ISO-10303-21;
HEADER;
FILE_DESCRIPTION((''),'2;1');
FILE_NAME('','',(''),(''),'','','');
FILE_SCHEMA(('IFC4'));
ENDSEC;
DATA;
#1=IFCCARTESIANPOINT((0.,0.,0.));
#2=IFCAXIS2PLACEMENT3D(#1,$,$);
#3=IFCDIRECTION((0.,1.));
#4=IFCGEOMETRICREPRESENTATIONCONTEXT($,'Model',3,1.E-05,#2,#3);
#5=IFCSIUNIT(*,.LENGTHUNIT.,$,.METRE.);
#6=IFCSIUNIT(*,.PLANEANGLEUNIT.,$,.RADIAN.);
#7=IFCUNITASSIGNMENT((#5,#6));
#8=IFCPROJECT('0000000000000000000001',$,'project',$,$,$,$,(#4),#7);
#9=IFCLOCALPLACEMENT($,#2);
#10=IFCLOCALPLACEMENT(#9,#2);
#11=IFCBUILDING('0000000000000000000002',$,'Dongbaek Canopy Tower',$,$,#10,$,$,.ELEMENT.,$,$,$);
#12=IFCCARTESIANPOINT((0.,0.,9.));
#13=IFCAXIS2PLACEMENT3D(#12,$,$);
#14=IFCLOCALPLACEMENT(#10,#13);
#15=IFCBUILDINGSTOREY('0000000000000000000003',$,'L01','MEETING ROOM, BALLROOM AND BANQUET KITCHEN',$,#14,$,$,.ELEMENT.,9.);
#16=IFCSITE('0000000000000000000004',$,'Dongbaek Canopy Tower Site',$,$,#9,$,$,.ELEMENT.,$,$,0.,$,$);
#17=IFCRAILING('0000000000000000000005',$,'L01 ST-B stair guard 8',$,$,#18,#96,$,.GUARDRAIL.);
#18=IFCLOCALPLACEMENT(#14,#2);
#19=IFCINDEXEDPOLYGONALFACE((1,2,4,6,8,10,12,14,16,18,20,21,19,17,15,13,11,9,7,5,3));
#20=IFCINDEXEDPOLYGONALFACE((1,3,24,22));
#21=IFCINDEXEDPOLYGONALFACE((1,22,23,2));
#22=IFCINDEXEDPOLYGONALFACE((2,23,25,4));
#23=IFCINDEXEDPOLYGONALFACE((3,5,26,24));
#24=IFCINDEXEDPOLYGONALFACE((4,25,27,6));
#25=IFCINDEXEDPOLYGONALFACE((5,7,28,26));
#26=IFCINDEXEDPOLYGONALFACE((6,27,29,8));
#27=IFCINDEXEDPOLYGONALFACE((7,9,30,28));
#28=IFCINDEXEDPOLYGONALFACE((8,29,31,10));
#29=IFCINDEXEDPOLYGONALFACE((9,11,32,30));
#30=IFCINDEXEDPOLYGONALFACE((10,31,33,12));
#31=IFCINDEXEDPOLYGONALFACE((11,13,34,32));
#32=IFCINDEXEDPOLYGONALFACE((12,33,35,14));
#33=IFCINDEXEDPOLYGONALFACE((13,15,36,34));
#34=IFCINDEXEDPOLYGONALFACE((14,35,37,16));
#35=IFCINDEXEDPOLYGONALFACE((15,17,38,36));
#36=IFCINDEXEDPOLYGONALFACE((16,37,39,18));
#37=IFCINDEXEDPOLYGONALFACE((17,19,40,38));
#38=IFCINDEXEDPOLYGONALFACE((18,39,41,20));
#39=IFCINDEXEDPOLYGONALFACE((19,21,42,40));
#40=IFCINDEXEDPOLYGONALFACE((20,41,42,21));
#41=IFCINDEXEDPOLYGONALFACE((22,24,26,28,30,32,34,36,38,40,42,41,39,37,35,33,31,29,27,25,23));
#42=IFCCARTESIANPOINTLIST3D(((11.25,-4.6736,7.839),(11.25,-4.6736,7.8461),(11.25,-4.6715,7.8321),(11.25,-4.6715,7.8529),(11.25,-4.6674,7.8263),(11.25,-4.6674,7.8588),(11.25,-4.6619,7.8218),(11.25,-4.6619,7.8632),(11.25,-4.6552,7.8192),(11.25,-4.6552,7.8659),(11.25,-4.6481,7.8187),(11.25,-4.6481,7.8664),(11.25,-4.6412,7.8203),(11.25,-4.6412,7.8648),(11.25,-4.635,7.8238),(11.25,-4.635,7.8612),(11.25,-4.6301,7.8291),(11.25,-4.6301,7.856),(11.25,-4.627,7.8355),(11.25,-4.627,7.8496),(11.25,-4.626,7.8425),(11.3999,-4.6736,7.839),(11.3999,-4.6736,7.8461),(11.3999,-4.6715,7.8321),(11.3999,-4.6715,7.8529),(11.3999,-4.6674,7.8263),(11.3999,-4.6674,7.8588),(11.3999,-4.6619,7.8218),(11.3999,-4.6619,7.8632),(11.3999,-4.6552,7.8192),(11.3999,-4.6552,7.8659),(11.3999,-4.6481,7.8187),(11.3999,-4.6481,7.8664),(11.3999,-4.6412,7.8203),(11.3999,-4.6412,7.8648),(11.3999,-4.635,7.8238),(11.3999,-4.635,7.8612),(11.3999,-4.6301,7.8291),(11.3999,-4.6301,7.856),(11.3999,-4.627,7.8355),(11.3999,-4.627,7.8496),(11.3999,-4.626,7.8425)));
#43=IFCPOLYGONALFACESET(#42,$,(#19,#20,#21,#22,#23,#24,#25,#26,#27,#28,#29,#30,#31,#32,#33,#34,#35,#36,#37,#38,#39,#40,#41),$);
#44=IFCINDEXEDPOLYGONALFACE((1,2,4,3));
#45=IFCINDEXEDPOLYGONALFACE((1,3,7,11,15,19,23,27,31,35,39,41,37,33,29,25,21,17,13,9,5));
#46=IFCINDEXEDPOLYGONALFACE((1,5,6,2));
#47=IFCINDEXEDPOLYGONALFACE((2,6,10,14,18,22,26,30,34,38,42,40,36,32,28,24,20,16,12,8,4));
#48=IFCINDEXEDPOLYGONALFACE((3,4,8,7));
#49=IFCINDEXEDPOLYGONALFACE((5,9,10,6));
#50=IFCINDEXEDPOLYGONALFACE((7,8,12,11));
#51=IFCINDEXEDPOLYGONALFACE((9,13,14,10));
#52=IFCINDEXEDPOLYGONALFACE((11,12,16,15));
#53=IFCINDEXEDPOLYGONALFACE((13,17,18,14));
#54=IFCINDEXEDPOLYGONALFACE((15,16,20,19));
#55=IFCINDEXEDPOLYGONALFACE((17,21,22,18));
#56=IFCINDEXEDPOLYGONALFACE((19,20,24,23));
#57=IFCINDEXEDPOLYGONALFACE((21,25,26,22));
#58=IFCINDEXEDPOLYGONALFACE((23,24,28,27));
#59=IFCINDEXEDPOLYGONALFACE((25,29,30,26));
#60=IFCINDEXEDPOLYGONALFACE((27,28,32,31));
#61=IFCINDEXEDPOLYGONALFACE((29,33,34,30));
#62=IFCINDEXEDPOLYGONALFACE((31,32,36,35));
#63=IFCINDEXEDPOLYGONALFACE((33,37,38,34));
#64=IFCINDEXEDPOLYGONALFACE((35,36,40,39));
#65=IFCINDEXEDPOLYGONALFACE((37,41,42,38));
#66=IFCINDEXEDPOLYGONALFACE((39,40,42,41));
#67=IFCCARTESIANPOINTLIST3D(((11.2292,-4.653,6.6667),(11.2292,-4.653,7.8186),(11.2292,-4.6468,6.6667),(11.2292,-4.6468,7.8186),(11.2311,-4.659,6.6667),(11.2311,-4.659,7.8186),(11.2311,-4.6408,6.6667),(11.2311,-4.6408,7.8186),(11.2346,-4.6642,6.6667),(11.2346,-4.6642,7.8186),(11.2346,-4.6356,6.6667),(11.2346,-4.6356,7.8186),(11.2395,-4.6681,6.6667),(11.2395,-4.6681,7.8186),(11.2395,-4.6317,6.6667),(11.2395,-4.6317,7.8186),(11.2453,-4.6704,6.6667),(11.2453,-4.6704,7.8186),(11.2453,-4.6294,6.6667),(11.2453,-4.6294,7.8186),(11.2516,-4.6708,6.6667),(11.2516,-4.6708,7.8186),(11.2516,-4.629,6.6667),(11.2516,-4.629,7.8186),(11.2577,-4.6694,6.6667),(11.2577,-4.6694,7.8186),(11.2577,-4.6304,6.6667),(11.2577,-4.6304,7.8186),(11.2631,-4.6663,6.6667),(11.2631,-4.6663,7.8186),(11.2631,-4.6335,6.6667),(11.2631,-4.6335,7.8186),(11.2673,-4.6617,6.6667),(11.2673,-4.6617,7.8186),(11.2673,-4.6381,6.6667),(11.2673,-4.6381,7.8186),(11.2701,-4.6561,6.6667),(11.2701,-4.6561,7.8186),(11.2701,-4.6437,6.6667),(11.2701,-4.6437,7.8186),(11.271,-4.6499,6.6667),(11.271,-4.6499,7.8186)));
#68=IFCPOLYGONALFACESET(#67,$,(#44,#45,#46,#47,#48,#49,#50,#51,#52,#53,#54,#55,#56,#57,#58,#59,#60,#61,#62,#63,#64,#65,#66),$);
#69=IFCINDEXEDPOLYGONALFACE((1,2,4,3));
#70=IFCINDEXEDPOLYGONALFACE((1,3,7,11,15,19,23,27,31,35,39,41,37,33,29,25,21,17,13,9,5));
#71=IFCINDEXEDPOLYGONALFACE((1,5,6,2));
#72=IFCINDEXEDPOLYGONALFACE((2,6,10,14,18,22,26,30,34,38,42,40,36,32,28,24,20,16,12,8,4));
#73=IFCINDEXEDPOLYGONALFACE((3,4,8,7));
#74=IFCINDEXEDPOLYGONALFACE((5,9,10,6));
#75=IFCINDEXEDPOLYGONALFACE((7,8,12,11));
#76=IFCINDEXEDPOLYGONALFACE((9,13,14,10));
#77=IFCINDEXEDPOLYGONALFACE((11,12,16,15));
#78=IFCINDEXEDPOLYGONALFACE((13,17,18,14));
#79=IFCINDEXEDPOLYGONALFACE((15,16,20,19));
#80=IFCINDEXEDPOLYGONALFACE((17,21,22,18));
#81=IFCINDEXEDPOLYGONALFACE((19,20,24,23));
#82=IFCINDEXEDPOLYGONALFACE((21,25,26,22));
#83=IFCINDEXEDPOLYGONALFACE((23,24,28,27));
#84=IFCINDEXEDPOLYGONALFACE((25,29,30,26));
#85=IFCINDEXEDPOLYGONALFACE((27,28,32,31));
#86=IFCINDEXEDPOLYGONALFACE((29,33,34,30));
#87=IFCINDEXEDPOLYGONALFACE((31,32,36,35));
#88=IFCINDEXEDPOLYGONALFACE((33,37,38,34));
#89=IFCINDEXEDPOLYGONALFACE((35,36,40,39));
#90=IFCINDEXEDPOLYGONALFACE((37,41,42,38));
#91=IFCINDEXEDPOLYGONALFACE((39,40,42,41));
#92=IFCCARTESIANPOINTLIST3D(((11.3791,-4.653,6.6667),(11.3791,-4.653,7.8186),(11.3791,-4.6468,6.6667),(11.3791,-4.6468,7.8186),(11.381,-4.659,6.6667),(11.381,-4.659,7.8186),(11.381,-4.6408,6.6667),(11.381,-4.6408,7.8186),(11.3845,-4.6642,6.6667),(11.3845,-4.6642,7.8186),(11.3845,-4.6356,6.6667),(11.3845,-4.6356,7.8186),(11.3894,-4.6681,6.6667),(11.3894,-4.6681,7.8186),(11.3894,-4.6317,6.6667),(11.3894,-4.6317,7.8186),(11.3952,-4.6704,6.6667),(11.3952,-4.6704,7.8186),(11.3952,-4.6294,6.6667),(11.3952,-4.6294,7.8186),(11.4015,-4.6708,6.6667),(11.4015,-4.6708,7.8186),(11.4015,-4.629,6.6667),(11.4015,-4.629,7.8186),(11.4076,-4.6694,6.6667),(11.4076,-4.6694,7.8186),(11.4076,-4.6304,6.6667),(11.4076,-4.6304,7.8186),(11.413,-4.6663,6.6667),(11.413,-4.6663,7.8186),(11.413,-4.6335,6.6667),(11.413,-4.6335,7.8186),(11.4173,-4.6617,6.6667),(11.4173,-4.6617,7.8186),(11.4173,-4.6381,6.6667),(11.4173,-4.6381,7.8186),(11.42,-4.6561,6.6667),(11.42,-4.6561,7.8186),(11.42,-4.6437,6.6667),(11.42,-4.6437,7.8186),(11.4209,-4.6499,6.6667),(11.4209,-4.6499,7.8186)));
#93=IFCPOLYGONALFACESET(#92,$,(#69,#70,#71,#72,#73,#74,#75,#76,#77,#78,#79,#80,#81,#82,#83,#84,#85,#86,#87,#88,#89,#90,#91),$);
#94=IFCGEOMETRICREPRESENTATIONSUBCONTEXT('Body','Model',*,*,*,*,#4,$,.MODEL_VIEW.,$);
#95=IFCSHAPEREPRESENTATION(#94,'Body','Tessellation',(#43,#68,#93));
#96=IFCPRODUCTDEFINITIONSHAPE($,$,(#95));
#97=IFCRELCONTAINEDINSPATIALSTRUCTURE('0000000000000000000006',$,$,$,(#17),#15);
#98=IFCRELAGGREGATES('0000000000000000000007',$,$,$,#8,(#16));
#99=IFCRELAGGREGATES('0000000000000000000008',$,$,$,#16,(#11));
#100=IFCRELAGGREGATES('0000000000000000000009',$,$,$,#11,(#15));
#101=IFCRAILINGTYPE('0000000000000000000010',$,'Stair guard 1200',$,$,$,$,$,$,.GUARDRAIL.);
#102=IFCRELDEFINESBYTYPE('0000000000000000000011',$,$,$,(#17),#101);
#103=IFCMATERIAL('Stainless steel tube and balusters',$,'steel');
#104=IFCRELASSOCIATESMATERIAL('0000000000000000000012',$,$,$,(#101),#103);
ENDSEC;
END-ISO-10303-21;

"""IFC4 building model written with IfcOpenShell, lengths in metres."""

from ifc_helpers import new_model, si_unit, direction, frame, origin, origin_2d, place, context, subcontext, project, spatial, circle, extrude, material, type_object, element, save


model = new_model("IFC4")

# Units and contexts
model_context = context("Model", 3, precision=1e-05, world=origin(), true_north=direction((0.0, 1.0)))
body_context = subcontext(model_context, "Body", "Model", "MODEL_VIEW")
ifc_project = project(units=[si_unit("LENGTHUNIT", "METRE"), si_unit("PLANEANGLEUNIT", "RADIAN")], contexts=[model_context])

# Site, building, storey
site_placement = place(None, origin())
site = spatial("IfcSite", under=ifc_project, at=site_placement, Name="Dongbaek Canopy Tower Site", CompositionType="ELEMENT", RefElevation=0.0)
building_placement = place(site_placement, origin())
building = spatial("IfcBuilding", under=site, at=building_placement, Name="Dongbaek Canopy Tower", CompositionType="ELEMENT")
storey_placement = place(building_placement, frame((0.0, 0.0, 9.0)))
storey = spatial("IfcBuildingStorey", under=building, at=storey_placement, Name="L01", Description="MEETING ROOM, BALLROOM AND BANQUET KITCHEN", CompositionType="ELEMENT", Elevation=9.0)

# Railing
ifc_material_1 = material(Name="Stainless steel tube and balusters", Category="steel")
railing_type_1 = type_object("IfcRailingType", Name="Stair guard 1200", PredefinedType="GUARDRAIL", material=ifc_material_1)
railing_1_placement = place(storey_placement, frame((11.25, -4.6499, 6.6667)))
element("IfcRailing", 1, at=railing_1_placement, inside=storey, type_object=railing_type_1, Name="L01 ST-B stair guard 8", PredefinedType="GUARDRAIL", context=body_context, shape_type="SweptSolid", body=[
    extrude(circle(Radius=0.0239, at=origin_2d()), frame((0.0, 0.0, 1.1758), z_axis=(1.0, 0.0, 0.0), x_axis=(0.0, 1.0, 0.0)), (0.0, 0.0, 1.0), 0.1499),
    extrude(circle(Radius=0.021, at=origin_2d()), origin(), (0.0, 0.0, 1.0), 1.1519),
    extrude(circle(Radius=0.021, at=origin_2d()), frame((0.1499, 0.0, 0.0)), (0.0, 0.0, 1.0), 1.1519),
])

save(model, "model.ifc")
